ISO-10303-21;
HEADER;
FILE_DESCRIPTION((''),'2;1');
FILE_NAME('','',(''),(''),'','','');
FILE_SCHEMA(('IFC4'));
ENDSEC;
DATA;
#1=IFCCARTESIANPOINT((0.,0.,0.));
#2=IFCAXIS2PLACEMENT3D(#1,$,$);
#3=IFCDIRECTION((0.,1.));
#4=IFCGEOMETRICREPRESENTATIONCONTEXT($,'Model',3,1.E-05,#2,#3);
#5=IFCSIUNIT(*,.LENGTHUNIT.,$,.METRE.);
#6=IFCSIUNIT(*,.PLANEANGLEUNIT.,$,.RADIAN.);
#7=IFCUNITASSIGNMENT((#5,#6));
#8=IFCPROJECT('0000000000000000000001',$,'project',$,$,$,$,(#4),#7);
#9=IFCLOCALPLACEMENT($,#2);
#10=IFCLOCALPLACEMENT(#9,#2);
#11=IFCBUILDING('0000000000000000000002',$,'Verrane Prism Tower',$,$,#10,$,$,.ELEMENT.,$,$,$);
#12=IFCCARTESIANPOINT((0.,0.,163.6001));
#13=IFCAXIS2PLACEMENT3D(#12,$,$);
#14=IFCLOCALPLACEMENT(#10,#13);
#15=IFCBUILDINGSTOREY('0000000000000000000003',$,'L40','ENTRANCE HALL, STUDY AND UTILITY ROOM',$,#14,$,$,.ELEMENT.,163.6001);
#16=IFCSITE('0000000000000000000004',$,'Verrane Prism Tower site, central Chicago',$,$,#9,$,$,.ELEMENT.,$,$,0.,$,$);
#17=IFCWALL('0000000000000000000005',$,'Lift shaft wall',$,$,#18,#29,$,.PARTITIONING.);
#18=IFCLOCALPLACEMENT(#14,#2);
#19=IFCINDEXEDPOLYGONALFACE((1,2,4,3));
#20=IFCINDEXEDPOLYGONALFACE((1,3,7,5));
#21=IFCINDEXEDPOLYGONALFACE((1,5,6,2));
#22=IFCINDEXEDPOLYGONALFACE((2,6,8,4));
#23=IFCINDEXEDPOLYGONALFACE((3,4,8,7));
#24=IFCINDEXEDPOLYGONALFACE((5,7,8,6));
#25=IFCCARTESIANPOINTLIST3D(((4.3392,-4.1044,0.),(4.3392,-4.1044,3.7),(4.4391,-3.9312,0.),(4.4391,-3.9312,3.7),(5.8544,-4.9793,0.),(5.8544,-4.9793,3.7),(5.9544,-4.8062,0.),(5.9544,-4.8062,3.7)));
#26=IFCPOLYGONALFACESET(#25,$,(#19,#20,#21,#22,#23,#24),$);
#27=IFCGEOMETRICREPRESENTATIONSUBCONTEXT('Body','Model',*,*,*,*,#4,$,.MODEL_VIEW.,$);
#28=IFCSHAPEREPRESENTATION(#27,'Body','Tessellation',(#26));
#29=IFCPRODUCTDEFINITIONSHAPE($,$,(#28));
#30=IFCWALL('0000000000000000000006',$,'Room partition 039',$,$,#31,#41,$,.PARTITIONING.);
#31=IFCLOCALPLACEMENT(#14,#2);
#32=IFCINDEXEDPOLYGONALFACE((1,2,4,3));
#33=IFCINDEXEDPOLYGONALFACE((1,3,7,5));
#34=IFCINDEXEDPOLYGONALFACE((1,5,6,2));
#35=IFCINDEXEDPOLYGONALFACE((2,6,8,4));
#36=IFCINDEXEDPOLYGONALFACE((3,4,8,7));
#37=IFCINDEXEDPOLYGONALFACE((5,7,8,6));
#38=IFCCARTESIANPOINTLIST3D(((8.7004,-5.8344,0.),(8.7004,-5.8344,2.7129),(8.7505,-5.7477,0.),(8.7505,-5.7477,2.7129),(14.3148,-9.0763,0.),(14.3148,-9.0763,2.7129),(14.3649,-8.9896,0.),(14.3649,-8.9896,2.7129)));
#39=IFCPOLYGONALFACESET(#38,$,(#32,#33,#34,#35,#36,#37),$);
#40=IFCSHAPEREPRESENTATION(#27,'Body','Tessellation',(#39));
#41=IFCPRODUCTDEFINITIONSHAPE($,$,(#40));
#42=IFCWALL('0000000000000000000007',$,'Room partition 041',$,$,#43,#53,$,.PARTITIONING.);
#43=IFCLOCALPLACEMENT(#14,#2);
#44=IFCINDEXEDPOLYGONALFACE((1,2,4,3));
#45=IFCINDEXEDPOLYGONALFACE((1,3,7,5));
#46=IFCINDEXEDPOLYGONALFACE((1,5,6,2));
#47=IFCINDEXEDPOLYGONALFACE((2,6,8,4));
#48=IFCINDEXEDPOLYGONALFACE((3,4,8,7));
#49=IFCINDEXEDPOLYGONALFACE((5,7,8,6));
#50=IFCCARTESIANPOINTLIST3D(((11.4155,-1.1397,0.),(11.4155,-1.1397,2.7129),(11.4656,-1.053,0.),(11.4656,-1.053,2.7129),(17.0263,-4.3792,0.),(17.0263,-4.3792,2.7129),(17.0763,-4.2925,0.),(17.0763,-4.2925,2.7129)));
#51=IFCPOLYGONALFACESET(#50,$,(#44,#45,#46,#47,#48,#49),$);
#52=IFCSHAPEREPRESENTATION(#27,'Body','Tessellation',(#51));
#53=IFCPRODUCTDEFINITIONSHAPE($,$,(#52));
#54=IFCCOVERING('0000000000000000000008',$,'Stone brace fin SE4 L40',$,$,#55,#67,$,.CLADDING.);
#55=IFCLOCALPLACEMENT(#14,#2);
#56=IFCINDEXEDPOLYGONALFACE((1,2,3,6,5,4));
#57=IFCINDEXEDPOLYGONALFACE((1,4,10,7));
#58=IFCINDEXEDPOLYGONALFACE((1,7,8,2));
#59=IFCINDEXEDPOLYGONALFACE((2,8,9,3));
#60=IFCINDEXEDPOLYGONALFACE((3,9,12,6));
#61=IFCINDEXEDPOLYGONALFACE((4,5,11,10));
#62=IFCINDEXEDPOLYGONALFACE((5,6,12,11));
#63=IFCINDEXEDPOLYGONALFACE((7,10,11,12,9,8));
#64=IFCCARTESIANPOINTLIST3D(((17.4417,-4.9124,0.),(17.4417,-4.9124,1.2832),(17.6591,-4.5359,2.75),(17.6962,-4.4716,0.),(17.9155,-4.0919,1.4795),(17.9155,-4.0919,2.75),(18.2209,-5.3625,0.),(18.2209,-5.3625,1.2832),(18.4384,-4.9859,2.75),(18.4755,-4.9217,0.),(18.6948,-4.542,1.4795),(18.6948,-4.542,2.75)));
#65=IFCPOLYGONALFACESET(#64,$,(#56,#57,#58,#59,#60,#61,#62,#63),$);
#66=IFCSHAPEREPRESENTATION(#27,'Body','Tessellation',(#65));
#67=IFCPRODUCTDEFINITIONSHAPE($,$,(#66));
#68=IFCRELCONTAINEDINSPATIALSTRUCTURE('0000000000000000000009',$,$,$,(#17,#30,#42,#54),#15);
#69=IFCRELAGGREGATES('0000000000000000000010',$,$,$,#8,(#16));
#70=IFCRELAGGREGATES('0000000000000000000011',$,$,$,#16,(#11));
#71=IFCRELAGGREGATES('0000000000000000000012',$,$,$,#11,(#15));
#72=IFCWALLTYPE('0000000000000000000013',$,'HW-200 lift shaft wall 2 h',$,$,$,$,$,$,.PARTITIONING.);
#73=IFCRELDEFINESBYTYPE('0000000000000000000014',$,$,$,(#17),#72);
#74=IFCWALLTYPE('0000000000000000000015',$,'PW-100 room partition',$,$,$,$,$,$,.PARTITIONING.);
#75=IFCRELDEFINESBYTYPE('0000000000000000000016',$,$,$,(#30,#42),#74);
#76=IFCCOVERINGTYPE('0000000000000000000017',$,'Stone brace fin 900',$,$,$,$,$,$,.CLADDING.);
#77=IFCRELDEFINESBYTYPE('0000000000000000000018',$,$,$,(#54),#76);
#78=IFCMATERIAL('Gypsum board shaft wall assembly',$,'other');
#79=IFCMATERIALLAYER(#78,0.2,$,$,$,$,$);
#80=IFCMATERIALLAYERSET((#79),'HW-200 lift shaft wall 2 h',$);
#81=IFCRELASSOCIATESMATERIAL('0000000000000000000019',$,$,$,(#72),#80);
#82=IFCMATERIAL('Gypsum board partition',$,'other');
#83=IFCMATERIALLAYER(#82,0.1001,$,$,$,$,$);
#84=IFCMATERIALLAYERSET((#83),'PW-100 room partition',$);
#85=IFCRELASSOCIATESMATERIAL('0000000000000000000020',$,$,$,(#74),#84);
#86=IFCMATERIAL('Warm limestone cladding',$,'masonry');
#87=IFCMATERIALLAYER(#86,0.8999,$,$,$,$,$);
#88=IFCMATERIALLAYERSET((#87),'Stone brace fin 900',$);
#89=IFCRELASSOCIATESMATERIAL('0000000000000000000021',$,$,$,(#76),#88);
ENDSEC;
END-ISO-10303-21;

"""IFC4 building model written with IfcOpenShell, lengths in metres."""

from ifc_helpers import new_model, si_unit, direction, frame, frame_2d, origin, place, context, subcontext, project, spatial, polyline, rectangle, outline, extrude, material, layer, layer_set, type_object, element, save


model = new_model("IFC4")

# Units and contexts
model_context = context("Model", 3, precision=1e-05, world=origin(), true_north=direction((0.0, 1.0)))
body_context = subcontext(model_context, "Body", "Model", "MODEL_VIEW")
ifc_project = project(units=[si_unit("LENGTHUNIT", "METRE"), si_unit("PLANEANGLEUNIT", "RADIAN")], contexts=[model_context])

# Site, building, storey
site_placement = place(None, origin())
site = spatial("IfcSite", under=ifc_project, at=site_placement, Name="Verrane Prism Tower site, central Chicago", CompositionType="ELEMENT", RefElevation=0.0)
building_placement = place(site_placement, origin())
building = spatial("IfcBuilding", under=site, at=building_placement, Name="Verrane Prism Tower", CompositionType="ELEMENT")
storey_placement = place(building_placement, frame((0.0, 0.0, 163.6001)))
storey = spatial("IfcBuildingStorey", under=building, at=storey_placement, Name="L40", Description="ENTRANCE HALL, STUDY AND UTILITY ROOM", CompositionType="ELEMENT", Elevation=163.6001)

# Walls
ifc_material_1 = material(Name="Gypsum board shaft wall assembly", Category="other")
ifc_layer_1 = layer(ifc_material_1, 0.2)
ifc_layer_set_1 = layer_set([ifc_layer_1], Name="HW-200 lift shaft wall 2 h")
wall_type_1 = type_object("IfcWallType", Name="HW-200 lift shaft wall 2 h", PredefinedType="PARTITIONING", material=ifc_layer_set_1)
wall_1_placement = place(storey_placement, frame((5.9045, -4.8928, 0.0), z_axis=(0.0, 0.0, 1.0), x_axis=(-0.866002, 0.50004, 0.0)))
element("IfcWall", 1, at=wall_1_placement, inside=storey, type_object=wall_type_1, Name="Lift shaft wall", PredefinedType="PARTITIONING", context=body_context, shape_type="SweptSolid", body=[
    extrude(rectangle(XDim=1.7498, YDim=0.2, at=frame_2d((0.875, 0.0))), origin(), (0.0, 0.0, 1.0), 3.7),
])
ifc_material_2 = material(Name="Gypsum board partition", Category="other")
ifc_layer_2 = layer(ifc_material_2, 0.1001)
ifc_layer_set_2 = layer_set([ifc_layer_2], Name="PW-100 room partition")
wall_type_2 = type_object("IfcWallType", Name="PW-100 room partition", PredefinedType="PARTITIONING", material=ifc_layer_set_2)
wall_2_placement = place(storey_placement, frame((8.7253, -5.791, 0.0), z_axis=(0.0, 0.0, 1.0), x_axis=(0.865998, -0.500047, 0.0)))
element("IfcWall", 2, at=wall_2_placement, inside=storey, type_object=wall_type_2, Name="Room partition 039", PredefinedType="PARTITIONING", context=body_context, shape_type="SweptSolid", body=[
    extrude(rectangle(XDim=6.4832, YDim=0.1001, at=frame_2d((3.2417, 0.0))), origin(), (0.0, 0.0, 1.0), 2.7129),
])
wall_3_placement = place(storey_placement, frame((11.4407, -1.0964, 0.0), z_axis=(0.0, 0.0, 1.0), x_axis=(0.86602, -0.500009, 0.0)))
element("IfcWall", 3, at=wall_3_placement, inside=storey, type_object=wall_type_2, Name="Room partition 041", PredefinedType="PARTITIONING", context=body_context, shape_type="SweptSolid", body=[
    extrude(rectangle(XDim=6.4788, YDim=0.1001, at=frame_2d((3.2393, 0.0))), origin(), (0.0, 0.0, 1.0), 2.7129),
])

# Covering
ifc_material_3 = material(Name="Warm limestone cladding", Category="masonry")
ifc_layer_3 = layer(ifc_material_3, 0.8999)
ifc_layer_set_3 = layer_set([ifc_layer_3], Name="Stone brace fin 900")
covering_type = type_object("IfcCoveringType", Name="Stone brace fin 900", PredefinedType="CLADDING", material=ifc_layer_set_3)
covering_placement = place(storey_placement, frame((17.8313, -5.1375, 0.0), z_axis=(0.0, 0.0, 1.0), x_axis=(0.500102, 0.865967, 0.0)))
element("IfcCovering", 4, at=covering_placement, inside=storey, type_object=covering_type, Name="Stone brace fin SE4 L40", PredefinedType="CLADDING", context=body_context, shape_type="SweptSolid", body=[
    extrude(outline(polyline([(0.9475, 2.75), (0.4348, 2.75), (0.0, 1.2832), (0.0, 0.0), (0.509, 0.0), (0.9475, 1.4795), (0.9475, 2.75)])), frame((0.0, 0.45, 0.0), z_axis=(0.0, -1.0, 0.0), x_axis=(1.0, 0.0, 0.0)), (0.0, 0.0, 1.0), 0.8999),
])

save(model, "model.ifc")
